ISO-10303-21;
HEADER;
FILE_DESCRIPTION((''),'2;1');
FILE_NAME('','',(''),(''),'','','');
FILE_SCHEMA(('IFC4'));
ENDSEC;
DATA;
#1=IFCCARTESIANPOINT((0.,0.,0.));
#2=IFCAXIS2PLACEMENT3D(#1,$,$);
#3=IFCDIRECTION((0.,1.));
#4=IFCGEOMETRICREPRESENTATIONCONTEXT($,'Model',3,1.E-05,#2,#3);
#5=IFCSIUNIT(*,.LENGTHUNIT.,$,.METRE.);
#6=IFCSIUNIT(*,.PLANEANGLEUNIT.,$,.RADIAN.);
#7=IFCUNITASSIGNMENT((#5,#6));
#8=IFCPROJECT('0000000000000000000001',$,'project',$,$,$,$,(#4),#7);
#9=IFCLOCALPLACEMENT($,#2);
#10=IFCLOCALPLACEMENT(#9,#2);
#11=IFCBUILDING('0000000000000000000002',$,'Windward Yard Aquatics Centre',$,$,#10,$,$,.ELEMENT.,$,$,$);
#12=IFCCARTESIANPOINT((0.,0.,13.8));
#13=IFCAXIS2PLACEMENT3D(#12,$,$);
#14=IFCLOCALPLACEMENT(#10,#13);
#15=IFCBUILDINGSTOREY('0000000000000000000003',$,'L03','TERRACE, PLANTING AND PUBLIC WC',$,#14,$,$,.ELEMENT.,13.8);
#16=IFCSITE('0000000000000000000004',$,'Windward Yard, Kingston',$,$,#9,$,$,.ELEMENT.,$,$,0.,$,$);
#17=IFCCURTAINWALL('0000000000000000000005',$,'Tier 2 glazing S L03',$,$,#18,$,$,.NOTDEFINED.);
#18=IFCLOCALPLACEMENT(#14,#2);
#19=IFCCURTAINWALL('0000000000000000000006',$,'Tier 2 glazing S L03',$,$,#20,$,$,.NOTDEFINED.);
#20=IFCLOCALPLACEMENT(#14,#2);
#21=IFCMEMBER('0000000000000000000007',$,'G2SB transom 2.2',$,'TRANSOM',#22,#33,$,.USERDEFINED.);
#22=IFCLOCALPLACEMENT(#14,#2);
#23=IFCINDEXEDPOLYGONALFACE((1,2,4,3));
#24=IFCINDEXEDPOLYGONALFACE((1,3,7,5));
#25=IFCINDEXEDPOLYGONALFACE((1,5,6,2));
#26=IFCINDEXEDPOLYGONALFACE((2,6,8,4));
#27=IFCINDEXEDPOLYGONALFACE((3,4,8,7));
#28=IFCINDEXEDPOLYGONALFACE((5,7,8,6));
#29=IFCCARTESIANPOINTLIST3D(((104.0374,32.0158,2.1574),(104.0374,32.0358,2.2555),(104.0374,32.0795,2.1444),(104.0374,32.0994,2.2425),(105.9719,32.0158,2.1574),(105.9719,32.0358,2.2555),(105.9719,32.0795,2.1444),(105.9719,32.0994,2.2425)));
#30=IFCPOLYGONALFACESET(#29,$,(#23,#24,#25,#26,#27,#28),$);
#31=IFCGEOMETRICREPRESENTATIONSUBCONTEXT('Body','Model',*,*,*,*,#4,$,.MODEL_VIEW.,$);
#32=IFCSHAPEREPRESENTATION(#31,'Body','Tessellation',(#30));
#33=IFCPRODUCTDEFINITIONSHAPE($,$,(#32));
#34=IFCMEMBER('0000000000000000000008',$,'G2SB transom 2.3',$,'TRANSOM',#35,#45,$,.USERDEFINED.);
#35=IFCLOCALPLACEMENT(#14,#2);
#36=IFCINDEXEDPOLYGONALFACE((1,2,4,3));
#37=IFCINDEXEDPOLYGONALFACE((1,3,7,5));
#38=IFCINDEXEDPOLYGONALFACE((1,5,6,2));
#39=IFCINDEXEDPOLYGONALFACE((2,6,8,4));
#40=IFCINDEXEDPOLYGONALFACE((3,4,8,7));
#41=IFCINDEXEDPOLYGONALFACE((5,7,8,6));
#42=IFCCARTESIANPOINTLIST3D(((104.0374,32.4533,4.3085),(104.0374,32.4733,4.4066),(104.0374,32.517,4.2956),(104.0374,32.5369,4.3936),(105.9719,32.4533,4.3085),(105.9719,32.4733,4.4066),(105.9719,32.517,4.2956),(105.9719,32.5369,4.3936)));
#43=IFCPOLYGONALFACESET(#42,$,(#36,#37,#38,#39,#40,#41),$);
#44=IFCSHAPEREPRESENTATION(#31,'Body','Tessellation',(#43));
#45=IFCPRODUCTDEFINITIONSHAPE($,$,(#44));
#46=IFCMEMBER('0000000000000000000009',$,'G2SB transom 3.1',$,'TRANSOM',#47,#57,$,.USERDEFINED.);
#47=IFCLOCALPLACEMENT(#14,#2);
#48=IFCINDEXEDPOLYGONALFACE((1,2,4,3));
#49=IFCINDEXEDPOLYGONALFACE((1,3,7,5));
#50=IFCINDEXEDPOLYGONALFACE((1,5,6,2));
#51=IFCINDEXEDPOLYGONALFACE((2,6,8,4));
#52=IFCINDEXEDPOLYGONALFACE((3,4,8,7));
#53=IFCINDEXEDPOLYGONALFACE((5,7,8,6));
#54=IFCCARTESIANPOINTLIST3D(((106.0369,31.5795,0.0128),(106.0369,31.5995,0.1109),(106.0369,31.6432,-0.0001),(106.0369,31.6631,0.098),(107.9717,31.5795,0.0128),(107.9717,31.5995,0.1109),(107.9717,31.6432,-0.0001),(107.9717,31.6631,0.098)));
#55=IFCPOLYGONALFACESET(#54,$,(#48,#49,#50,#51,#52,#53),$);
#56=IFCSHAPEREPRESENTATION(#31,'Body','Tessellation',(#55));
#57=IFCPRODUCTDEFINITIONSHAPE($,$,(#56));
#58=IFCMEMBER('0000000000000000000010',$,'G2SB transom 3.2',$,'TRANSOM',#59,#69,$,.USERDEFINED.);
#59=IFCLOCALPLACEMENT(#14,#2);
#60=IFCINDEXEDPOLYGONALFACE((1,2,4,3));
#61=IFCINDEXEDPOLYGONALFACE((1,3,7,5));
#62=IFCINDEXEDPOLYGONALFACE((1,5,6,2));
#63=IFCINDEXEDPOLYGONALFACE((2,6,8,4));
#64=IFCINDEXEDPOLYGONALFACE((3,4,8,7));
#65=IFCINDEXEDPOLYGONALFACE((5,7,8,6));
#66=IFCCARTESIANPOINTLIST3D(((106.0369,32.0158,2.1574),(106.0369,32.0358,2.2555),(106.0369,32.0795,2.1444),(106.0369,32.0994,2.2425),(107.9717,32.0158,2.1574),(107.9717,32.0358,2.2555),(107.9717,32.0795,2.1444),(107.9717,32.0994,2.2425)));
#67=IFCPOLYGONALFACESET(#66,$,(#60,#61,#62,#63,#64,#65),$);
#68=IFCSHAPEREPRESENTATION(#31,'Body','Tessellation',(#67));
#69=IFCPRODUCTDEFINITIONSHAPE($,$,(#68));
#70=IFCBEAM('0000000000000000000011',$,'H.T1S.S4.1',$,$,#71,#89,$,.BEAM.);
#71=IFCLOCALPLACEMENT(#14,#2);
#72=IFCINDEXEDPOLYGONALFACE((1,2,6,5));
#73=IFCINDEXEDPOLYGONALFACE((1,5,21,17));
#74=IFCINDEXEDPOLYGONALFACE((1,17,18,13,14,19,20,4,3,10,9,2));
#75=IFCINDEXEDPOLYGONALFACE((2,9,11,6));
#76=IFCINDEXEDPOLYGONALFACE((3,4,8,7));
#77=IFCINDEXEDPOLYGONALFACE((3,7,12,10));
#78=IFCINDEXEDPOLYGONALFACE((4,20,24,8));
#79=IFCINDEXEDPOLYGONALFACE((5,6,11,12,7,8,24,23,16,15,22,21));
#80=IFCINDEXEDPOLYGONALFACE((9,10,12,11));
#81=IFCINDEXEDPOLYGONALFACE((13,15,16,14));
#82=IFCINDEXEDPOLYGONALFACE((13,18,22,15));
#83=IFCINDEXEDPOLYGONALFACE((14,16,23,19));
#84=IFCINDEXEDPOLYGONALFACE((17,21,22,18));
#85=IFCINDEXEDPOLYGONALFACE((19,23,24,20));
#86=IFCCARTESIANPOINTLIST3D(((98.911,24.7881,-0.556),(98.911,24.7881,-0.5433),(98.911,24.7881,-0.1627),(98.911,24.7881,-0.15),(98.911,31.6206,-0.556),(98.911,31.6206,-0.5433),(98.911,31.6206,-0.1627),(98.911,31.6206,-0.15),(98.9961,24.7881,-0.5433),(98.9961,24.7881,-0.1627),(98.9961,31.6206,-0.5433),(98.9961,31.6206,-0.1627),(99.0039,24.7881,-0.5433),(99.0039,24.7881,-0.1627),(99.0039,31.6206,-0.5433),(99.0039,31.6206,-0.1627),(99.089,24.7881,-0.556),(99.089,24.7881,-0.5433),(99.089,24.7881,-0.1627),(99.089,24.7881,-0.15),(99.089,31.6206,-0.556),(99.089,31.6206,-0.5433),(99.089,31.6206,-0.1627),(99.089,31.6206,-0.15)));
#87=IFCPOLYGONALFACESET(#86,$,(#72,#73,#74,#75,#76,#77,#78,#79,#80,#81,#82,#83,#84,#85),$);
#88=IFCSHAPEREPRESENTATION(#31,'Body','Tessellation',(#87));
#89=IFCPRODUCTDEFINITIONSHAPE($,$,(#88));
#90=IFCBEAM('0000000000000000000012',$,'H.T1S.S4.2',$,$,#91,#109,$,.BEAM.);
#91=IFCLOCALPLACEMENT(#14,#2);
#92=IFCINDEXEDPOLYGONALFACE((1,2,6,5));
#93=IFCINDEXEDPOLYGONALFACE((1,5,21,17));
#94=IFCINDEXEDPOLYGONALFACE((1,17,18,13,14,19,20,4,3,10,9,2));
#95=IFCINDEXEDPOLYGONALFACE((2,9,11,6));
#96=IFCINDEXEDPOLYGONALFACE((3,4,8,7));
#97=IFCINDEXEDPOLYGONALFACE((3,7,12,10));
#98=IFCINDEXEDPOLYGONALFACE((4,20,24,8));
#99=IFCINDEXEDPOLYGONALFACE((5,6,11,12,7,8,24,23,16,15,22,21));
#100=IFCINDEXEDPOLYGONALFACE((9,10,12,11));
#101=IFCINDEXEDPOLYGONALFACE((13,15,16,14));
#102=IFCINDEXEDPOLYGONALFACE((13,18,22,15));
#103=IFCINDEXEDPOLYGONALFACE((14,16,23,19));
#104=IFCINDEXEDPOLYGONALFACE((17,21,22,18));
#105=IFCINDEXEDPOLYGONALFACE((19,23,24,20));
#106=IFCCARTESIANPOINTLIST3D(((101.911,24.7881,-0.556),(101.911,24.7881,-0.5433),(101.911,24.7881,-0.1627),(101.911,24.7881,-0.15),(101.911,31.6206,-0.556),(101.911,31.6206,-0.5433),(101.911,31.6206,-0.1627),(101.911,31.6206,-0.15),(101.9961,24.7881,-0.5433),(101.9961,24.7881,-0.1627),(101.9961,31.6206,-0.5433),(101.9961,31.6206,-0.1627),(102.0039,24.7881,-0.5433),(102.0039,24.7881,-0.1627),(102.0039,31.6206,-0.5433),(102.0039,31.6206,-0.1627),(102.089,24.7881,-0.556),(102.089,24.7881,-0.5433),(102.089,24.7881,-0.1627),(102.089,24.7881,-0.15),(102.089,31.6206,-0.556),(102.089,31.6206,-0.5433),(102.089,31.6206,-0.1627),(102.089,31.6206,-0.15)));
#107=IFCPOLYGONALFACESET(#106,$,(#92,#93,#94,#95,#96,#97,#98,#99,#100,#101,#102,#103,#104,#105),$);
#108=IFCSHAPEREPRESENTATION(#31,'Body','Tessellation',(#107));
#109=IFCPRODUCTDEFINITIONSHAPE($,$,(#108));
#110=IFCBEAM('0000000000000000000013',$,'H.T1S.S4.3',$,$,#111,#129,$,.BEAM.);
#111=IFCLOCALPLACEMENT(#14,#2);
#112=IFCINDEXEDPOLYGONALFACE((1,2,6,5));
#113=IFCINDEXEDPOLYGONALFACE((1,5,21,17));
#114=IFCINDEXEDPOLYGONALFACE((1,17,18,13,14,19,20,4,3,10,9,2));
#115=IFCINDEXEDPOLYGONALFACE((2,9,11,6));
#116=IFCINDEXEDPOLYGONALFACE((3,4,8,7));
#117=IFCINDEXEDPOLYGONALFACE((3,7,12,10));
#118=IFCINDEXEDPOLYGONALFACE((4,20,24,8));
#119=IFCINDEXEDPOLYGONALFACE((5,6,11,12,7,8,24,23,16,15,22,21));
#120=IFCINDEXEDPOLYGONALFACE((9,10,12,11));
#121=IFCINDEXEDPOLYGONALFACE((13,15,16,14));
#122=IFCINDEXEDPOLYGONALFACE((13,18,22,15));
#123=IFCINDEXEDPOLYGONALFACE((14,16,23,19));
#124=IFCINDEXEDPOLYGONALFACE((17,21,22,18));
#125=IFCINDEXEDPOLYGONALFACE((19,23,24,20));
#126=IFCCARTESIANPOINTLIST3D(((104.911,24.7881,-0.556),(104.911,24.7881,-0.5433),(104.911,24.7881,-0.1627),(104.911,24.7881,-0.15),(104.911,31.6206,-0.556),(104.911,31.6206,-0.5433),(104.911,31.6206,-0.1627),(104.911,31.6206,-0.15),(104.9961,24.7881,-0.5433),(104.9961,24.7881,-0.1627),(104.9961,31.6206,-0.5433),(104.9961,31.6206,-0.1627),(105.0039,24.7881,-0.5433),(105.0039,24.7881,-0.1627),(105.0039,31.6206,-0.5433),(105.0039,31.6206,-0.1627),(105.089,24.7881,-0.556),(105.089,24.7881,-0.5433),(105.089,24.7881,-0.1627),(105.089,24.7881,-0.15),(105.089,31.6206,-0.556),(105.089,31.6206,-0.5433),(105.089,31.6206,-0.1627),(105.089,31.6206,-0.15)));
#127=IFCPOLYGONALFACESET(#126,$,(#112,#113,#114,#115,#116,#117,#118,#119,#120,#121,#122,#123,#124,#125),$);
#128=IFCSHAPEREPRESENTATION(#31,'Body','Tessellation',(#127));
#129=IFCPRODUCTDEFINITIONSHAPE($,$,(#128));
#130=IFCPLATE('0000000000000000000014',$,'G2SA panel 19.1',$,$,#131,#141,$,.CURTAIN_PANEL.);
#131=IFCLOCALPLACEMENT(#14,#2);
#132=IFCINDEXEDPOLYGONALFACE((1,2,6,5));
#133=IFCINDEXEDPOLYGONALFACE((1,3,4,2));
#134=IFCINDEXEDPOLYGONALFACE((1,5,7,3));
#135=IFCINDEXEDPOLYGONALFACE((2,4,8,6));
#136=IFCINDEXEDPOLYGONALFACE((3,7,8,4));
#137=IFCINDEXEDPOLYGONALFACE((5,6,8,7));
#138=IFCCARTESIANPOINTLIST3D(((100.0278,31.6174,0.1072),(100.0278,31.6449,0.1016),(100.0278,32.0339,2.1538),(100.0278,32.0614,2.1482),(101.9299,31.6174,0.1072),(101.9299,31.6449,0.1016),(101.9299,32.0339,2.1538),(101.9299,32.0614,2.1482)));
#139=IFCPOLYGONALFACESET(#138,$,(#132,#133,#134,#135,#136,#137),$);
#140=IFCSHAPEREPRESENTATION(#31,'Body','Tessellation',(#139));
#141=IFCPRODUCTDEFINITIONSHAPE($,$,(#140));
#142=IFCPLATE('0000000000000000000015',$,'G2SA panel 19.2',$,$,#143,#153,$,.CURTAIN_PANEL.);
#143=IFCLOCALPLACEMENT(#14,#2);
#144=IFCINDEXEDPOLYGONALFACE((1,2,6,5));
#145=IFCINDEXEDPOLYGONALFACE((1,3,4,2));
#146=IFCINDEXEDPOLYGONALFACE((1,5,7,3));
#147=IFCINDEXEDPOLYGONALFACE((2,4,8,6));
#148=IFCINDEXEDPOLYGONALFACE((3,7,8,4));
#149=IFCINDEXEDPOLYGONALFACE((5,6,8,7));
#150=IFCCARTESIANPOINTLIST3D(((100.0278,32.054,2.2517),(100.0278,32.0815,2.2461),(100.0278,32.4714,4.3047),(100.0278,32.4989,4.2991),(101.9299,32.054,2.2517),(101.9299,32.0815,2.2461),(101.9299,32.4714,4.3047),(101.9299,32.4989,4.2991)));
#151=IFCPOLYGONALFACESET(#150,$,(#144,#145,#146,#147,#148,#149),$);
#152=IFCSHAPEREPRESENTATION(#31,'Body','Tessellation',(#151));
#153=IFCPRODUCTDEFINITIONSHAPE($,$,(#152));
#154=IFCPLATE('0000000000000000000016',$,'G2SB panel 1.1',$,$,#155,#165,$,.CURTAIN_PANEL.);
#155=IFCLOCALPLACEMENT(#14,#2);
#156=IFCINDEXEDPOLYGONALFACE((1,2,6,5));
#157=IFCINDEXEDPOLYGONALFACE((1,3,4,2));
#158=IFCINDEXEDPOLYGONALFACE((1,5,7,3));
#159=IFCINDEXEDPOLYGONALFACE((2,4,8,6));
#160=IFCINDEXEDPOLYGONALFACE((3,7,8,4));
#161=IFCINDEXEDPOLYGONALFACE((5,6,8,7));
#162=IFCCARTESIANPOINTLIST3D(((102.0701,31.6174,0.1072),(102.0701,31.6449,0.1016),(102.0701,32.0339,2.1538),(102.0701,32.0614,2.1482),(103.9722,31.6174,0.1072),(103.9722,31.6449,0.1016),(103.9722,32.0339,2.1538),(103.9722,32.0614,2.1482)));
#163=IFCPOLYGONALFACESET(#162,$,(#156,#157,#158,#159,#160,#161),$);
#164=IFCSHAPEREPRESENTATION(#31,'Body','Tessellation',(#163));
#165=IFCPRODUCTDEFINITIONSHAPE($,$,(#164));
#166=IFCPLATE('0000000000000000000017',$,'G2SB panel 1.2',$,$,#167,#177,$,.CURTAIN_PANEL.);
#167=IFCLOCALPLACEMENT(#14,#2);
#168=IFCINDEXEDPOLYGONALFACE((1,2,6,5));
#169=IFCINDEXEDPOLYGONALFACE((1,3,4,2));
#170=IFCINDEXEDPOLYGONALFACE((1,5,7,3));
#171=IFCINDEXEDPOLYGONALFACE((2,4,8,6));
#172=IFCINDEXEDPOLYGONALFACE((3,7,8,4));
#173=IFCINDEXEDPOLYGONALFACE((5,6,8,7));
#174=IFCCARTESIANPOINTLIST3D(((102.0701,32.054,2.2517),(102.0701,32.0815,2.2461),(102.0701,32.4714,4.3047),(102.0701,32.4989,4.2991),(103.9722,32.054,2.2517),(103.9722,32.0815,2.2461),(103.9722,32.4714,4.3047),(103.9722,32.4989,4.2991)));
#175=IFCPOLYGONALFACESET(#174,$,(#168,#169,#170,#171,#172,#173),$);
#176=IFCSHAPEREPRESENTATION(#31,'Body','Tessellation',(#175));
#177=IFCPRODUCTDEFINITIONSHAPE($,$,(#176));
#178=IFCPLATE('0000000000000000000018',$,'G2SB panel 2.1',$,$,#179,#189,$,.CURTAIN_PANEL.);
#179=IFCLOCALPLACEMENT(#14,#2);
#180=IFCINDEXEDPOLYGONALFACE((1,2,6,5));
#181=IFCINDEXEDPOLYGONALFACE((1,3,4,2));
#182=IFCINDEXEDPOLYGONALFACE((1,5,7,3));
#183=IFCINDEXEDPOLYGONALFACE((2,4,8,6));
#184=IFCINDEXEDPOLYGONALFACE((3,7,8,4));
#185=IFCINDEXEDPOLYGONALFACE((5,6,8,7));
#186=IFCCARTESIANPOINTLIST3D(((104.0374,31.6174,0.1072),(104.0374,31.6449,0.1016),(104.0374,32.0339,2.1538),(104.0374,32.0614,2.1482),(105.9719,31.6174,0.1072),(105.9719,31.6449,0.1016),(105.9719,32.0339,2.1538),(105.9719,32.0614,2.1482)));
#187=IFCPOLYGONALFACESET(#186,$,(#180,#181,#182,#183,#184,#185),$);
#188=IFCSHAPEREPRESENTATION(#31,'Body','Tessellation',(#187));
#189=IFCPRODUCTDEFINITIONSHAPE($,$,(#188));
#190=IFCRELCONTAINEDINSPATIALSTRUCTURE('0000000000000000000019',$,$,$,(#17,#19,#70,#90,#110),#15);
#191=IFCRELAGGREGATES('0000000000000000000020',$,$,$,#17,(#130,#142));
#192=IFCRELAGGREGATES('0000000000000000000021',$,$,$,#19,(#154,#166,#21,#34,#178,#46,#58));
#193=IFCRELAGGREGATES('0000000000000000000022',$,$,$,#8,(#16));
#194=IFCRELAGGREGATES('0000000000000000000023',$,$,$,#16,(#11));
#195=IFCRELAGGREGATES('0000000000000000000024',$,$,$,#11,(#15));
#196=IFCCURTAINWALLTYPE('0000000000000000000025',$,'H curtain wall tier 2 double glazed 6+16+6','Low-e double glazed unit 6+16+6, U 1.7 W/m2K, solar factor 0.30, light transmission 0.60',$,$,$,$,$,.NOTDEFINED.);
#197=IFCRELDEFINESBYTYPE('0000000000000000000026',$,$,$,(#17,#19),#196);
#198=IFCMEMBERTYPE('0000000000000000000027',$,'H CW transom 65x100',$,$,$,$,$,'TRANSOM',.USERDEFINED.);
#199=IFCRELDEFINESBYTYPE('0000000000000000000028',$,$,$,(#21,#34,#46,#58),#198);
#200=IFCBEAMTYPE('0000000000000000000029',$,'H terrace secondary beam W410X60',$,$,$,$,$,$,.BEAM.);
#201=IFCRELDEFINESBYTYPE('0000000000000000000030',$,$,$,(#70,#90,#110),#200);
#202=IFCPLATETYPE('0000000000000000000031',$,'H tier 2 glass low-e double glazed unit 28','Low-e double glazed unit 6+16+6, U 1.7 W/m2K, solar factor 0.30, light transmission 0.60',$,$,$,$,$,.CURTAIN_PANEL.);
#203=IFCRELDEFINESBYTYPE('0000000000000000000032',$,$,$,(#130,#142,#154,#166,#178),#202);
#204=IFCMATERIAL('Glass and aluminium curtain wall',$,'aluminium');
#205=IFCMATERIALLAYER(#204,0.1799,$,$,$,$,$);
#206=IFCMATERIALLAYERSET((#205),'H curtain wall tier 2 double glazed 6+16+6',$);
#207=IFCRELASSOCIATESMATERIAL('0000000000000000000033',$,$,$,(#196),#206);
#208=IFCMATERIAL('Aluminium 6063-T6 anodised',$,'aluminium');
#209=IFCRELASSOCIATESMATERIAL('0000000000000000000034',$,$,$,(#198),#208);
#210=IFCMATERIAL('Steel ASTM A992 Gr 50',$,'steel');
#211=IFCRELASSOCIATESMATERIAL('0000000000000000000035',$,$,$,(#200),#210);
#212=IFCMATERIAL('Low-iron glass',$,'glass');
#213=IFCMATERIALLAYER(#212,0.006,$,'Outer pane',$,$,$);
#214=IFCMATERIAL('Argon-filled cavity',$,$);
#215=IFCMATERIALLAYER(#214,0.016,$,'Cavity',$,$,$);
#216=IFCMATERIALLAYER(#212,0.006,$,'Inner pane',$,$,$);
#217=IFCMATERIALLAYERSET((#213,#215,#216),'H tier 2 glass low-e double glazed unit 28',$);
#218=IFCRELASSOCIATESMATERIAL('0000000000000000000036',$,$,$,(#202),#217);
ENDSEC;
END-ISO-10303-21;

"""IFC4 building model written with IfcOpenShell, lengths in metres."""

from ifc_helpers import new_model, si_unit, direction, frame, origin, origin_2d, place, context, subcontext, project, spatial, polyline, rectangle, i_section, outline, extrude, material, layer, layer_set, material_profile, profile_set, type_object, element, aggregate, save


model = new_model("IFC4")

# Units and contexts
model_context = context("Model", 3, precision=1e-05, world=origin(), true_north=direction((0.0, 1.0)))
body_context = subcontext(model_context, "Body", "Model", "MODEL_VIEW")
ifc_project = project(units=[si_unit("LENGTHUNIT", "METRE"), si_unit("PLANEANGLEUNIT", "RADIAN")], contexts=[model_context])

# Site, building, storey
site_placement = place(None, origin())
site = spatial("IfcSite", under=ifc_project, at=site_placement, Name="Windward Yard, Kingston", CompositionType="ELEMENT", RefElevation=0.0)
building_placement = place(site_placement, origin())
building = spatial("IfcBuilding", under=site, at=building_placement, Name="Windward Yard Aquatics Centre", CompositionType="ELEMENT")
storey_placement = place(building_placement, frame((0.0, 0.0, 13.8)))
storey = spatial("IfcBuildingStorey", under=building, at=storey_placement, Name="L03", Description="TERRACE, PLANTING AND PUBLIC WC", CompositionType="ELEMENT", Elevation=13.8)

# Curtain walls
ifc_material_1 = material(Name="Glass and aluminium curtain wall", Category="aluminium")
ifc_layer_1 = layer(ifc_material_1, 0.1799)
ifc_layer_set_1 = layer_set([ifc_layer_1], Name="H curtain wall tier 2 double glazed 6+16+6")
curtain_wall_type = type_object("IfcCurtainWallType", Name="H curtain wall tier 2 double glazed 6+16+6", Description="Low-e double glazed unit 6+16+6, U 1.7 W/m2K, solar factor 0.30, light transmission 0.60", PredefinedType="NOTDEFINED", material=ifc_layer_set_1)
curtain_wall_1_placement = place(storey_placement, origin())
curtain_wall_1 = element("IfcCurtainWall", 1, at=curtain_wall_1_placement, inside=storey, type_object=curtain_wall_type, Name="Tier 2 glazing S L03", PredefinedType="NOTDEFINED")
ifc_material_2 = material(Name="Aluminium 6063-T6 anodised", Category="aluminium")
curtain_wall_2_placement = place(storey_placement, origin())
curtain_wall_2 = element("IfcCurtainWall", 2, at=curtain_wall_2_placement, inside=storey, type_object=curtain_wall_type, Name="Tier 2 glazing S L03", PredefinedType="NOTDEFINED")

# Members
ifc_material_profile_1 = material_profile(ifc_material_2, rectangle(XDim=0.0649, YDim=0.1001, at=origin_2d()), Name="H CW transom 65x100")
ifc_profile_set_1 = profile_set([ifc_material_profile_1], Name="Aluminium 6063-T6 anodised")
member_type_1 = type_object("IfcMemberType", Name="H CW transom 65x100", ElementType="TRANSOM", PredefinedType="USERDEFINED", material=ifc_profile_set_1)
member_1_placement = place(storey_placement, frame((104.0374, 32.0576, 2.2), z_axis=(1.0, 0.0, 0.0), x_axis=(0.0, -0.979925, 0.199368)))
member_1 = element("IfcMember", 3, at=member_1_placement, type_object=member_type_1, Name="G2SB transom 2.2", ObjectType="TRANSOM", PredefinedType="USERDEFINED", context=body_context, shape_type="SweptSolid", body=[
    extrude(rectangle(XDim=0.0649, YDim=0.1001, at=origin_2d()), origin(), (0.0, 0.0, 1.0), 1.9346),
])
member_2_placement = place(storey_placement, frame((104.0374, 32.4951, 4.3511), z_axis=(1.0, 0.0, 0.0), x_axis=(0.0, -0.979925, 0.199368)))
member_2 = element("IfcMember", 4, at=member_2_placement, type_object=member_type_1, Name="G2SB transom 2.3", ObjectType="TRANSOM", PredefinedType="USERDEFINED", context=body_context, shape_type="SweptSolid", body=[
    extrude(rectangle(XDim=0.0649, YDim=0.1001, at=origin_2d()), origin(), (0.0, 0.0, 1.0), 1.9346),
])
member_3_placement = place(storey_placement, frame((106.0369, 31.6213, 0.0554), z_axis=(1.0, 0.0, 0.0), x_axis=(0.0, -0.979925, 0.199368)))
member_3 = element("IfcMember", 5, at=member_3_placement, type_object=member_type_1, Name="G2SB transom 3.1", ObjectType="TRANSOM", PredefinedType="USERDEFINED", context=body_context, shape_type="SweptSolid", body=[
    extrude(rectangle(XDim=0.0649, YDim=0.1001, at=origin_2d()), origin(), (0.0, 0.0, 1.0), 1.9348),
])
member_4_placement = place(storey_placement, frame((106.0369, 32.0576, 2.2), z_axis=(1.0, 0.0, 0.0), x_axis=(0.0, -0.979925, 0.199368)))
member_4 = element("IfcMember", 6, at=member_4_placement, type_object=member_type_1, Name="G2SB transom 3.2", ObjectType="TRANSOM", PredefinedType="USERDEFINED", context=body_context, shape_type="SweptSolid", body=[
    extrude(rectangle(XDim=0.0649, YDim=0.1001, at=origin_2d()), origin(), (0.0, 0.0, 1.0), 1.9348),
])

# Beams
ifc_material_3 = material(Name="Steel ASTM A992 Gr 50", Category="steel")
ifc_material_profile_2 = material_profile(ifc_material_3, i_section(OverallWidth=0.178, OverallDepth=0.406, WebThickness=0.0078, FlangeThickness=0.0127, at=origin_2d()), Name="W410X60")
ifc_profile_set_2 = profile_set([ifc_material_profile_2], Name="Steel ASTM A992 Gr 50")
beam_type = type_object("IfcBeamType", Name="H terrace secondary beam W410X60", PredefinedType="BEAM", material=ifc_profile_set_2)
for number, where, z_axis, x_axis, name in (
    (7, (99.0, 24.7881, -0.353), (0.0, 1.0, 0.0), (-1.0, 0.0, 0.0), "H.T1S.S4.1"),
    (8, (102.0, 24.7881, -0.353), (0.0, 1.0, 0.0), (-1.0, 0.0, 0.0), "H.T1S.S4.2"),
    (9, (105.0, 24.7881, -0.353), (0.0, 1.0, 0.0), (-1.0, 0.0, 0.0), "H.T1S.S4.3"),
):
    element("IfcBeam", number, at=place(storey_placement, frame(where, z_axis=z_axis, x_axis=x_axis)), inside=storey, type_object=beam_type, Name=name, PredefinedType="BEAM", context=body_context, shape_type="SweptSolid", body=[
        extrude(i_section(OverallWidth=0.178, OverallDepth=0.406, WebThickness=0.0078, FlangeThickness=0.0127, at=origin_2d()), origin(), (0.0, 0.0, 1.0), 6.8325),
    ])

# Plates
ifc_material_4 = material(Name="Low-iron glass", Category="glass")
ifc_layer_2 = layer(ifc_material_4, 0.006, Name="Outer pane")
ifc_material_5 = material(Name="Argon-filled cavity")
ifc_layer_3 = layer(ifc_material_5, 0.016, Name="Cavity")
ifc_layer_4 = layer(ifc_material_4, 0.006, Name="Inner pane")
ifc_layer_set_2 = layer_set([ifc_layer_2, ifc_layer_3, ifc_layer_4], Name="H tier 2 glass low-e double glazed unit 28")
plate_type = type_object("IfcPlateType", Name="H tier 2 glass low-e double glazed unit 28", Description="Low-e double glazed unit 6+16+6, U 1.7 W/m2K, solar factor 0.30, light transmission 0.60", PredefinedType="CURTAIN_PANEL", material=ifc_layer_set_2)
plate_1_placement = place(storey_placement, frame((100.0278, 31.6174, 0.1072), z_axis=(0.0, -0.979914, 0.199419), x_axis=(1.0, 0.0, 0.0)))
plate_1 = element("IfcPlate", 10, at=plate_1_placement, type_object=plate_type, Name="G2SA panel 19.1", PredefinedType="CURTAIN_PANEL", context=body_context, shape_type="SweptSolid", body=[
    extrude(outline(polyline([(0.0, 0.0), (1.9021, 0.0), (1.9021, 2.0886), (0.0, 2.0886), (0.0, 0.0)])), origin(), (0.0, 0.0, -1.0), 0.0281),
])
plate_2_placement = place(storey_placement, frame((100.0278, 32.054, 2.2517), z_axis=(0.0, -0.979944, 0.199275), x_axis=(1.0, 0.0, 0.0)))
plate_2 = element("IfcPlate", 11, at=plate_2_placement, type_object=plate_type, Name="G2SA panel 19.2", PredefinedType="CURTAIN_PANEL", context=body_context, shape_type="SweptSolid", body=[
    extrude(outline(polyline([(0.0, 0.0), (1.9021, 0.0), (1.9021, 2.095), (0.0, 2.095), (0.0, 0.0)])), origin(), (0.0, 0.0, -1.0), 0.0281),
])
aggregate(curtain_wall_1, [plate_1, plate_2])
plate_3_placement = place(storey_placement, frame((102.0701, 31.6174, 0.1072), z_axis=(0.0, -0.979914, 0.199419), x_axis=(1.0, 0.0, 0.0)))
plate_3 = element("IfcPlate", 12, at=plate_3_placement, type_object=plate_type, Name="G2SB panel 1.1", PredefinedType="CURTAIN_PANEL", context=body_context, shape_type="SweptSolid", body=[
    extrude(outline(polyline([(0.0, 0.0), (1.9021, 0.0), (1.9021, 2.0886), (0.0, 2.0886), (0.0, 0.0)])), origin(), (0.0, 0.0, -1.0), 0.0281),
])
plate_4_placement = place(storey_placement, frame((102.0701, 32.054, 2.2517), z_axis=(0.0, -0.979944, 0.199275), x_axis=(1.0, 0.0, 0.0)))
plate_4 = element("IfcPlate", 13, at=plate_4_placement, type_object=plate_type, Name="G2SB panel 1.2", PredefinedType="CURTAIN_PANEL", context=body_context, shape_type="SweptSolid", body=[
    extrude(outline(polyline([(0.0, 0.0), (1.9021, 0.0), (1.9021, 2.095), (0.0, 2.095), (0.0, 0.0)])), origin(), (0.0, 0.0, -1.0), 0.0281),
])
plate_5_placement = place(storey_placement, frame((104.0374, 31.6174, 0.1072), z_axis=(0.0, -0.979914, 0.199419), x_axis=(1.0, 0.0, 0.0)))
plate_5 = element("IfcPlate", 14, at=plate_5_placement, type_object=plate_type, Name="G2SB panel 2.1", PredefinedType="CURTAIN_PANEL", context=body_context, shape_type="SweptSolid", body=[
    extrude(outline(polyline([(0.0, 0.0), (1.9346, 0.0), (1.9346, 2.0886), (0.0, 2.0886), (0.0, 0.0)])), origin(), (0.0, 0.0, -1.0), 0.0281),
])
aggregate(curtain_wall_2, [plate_3, plate_4, member_1, member_2, plate_5, member_3, member_4])

save(model, "model.ifc")
